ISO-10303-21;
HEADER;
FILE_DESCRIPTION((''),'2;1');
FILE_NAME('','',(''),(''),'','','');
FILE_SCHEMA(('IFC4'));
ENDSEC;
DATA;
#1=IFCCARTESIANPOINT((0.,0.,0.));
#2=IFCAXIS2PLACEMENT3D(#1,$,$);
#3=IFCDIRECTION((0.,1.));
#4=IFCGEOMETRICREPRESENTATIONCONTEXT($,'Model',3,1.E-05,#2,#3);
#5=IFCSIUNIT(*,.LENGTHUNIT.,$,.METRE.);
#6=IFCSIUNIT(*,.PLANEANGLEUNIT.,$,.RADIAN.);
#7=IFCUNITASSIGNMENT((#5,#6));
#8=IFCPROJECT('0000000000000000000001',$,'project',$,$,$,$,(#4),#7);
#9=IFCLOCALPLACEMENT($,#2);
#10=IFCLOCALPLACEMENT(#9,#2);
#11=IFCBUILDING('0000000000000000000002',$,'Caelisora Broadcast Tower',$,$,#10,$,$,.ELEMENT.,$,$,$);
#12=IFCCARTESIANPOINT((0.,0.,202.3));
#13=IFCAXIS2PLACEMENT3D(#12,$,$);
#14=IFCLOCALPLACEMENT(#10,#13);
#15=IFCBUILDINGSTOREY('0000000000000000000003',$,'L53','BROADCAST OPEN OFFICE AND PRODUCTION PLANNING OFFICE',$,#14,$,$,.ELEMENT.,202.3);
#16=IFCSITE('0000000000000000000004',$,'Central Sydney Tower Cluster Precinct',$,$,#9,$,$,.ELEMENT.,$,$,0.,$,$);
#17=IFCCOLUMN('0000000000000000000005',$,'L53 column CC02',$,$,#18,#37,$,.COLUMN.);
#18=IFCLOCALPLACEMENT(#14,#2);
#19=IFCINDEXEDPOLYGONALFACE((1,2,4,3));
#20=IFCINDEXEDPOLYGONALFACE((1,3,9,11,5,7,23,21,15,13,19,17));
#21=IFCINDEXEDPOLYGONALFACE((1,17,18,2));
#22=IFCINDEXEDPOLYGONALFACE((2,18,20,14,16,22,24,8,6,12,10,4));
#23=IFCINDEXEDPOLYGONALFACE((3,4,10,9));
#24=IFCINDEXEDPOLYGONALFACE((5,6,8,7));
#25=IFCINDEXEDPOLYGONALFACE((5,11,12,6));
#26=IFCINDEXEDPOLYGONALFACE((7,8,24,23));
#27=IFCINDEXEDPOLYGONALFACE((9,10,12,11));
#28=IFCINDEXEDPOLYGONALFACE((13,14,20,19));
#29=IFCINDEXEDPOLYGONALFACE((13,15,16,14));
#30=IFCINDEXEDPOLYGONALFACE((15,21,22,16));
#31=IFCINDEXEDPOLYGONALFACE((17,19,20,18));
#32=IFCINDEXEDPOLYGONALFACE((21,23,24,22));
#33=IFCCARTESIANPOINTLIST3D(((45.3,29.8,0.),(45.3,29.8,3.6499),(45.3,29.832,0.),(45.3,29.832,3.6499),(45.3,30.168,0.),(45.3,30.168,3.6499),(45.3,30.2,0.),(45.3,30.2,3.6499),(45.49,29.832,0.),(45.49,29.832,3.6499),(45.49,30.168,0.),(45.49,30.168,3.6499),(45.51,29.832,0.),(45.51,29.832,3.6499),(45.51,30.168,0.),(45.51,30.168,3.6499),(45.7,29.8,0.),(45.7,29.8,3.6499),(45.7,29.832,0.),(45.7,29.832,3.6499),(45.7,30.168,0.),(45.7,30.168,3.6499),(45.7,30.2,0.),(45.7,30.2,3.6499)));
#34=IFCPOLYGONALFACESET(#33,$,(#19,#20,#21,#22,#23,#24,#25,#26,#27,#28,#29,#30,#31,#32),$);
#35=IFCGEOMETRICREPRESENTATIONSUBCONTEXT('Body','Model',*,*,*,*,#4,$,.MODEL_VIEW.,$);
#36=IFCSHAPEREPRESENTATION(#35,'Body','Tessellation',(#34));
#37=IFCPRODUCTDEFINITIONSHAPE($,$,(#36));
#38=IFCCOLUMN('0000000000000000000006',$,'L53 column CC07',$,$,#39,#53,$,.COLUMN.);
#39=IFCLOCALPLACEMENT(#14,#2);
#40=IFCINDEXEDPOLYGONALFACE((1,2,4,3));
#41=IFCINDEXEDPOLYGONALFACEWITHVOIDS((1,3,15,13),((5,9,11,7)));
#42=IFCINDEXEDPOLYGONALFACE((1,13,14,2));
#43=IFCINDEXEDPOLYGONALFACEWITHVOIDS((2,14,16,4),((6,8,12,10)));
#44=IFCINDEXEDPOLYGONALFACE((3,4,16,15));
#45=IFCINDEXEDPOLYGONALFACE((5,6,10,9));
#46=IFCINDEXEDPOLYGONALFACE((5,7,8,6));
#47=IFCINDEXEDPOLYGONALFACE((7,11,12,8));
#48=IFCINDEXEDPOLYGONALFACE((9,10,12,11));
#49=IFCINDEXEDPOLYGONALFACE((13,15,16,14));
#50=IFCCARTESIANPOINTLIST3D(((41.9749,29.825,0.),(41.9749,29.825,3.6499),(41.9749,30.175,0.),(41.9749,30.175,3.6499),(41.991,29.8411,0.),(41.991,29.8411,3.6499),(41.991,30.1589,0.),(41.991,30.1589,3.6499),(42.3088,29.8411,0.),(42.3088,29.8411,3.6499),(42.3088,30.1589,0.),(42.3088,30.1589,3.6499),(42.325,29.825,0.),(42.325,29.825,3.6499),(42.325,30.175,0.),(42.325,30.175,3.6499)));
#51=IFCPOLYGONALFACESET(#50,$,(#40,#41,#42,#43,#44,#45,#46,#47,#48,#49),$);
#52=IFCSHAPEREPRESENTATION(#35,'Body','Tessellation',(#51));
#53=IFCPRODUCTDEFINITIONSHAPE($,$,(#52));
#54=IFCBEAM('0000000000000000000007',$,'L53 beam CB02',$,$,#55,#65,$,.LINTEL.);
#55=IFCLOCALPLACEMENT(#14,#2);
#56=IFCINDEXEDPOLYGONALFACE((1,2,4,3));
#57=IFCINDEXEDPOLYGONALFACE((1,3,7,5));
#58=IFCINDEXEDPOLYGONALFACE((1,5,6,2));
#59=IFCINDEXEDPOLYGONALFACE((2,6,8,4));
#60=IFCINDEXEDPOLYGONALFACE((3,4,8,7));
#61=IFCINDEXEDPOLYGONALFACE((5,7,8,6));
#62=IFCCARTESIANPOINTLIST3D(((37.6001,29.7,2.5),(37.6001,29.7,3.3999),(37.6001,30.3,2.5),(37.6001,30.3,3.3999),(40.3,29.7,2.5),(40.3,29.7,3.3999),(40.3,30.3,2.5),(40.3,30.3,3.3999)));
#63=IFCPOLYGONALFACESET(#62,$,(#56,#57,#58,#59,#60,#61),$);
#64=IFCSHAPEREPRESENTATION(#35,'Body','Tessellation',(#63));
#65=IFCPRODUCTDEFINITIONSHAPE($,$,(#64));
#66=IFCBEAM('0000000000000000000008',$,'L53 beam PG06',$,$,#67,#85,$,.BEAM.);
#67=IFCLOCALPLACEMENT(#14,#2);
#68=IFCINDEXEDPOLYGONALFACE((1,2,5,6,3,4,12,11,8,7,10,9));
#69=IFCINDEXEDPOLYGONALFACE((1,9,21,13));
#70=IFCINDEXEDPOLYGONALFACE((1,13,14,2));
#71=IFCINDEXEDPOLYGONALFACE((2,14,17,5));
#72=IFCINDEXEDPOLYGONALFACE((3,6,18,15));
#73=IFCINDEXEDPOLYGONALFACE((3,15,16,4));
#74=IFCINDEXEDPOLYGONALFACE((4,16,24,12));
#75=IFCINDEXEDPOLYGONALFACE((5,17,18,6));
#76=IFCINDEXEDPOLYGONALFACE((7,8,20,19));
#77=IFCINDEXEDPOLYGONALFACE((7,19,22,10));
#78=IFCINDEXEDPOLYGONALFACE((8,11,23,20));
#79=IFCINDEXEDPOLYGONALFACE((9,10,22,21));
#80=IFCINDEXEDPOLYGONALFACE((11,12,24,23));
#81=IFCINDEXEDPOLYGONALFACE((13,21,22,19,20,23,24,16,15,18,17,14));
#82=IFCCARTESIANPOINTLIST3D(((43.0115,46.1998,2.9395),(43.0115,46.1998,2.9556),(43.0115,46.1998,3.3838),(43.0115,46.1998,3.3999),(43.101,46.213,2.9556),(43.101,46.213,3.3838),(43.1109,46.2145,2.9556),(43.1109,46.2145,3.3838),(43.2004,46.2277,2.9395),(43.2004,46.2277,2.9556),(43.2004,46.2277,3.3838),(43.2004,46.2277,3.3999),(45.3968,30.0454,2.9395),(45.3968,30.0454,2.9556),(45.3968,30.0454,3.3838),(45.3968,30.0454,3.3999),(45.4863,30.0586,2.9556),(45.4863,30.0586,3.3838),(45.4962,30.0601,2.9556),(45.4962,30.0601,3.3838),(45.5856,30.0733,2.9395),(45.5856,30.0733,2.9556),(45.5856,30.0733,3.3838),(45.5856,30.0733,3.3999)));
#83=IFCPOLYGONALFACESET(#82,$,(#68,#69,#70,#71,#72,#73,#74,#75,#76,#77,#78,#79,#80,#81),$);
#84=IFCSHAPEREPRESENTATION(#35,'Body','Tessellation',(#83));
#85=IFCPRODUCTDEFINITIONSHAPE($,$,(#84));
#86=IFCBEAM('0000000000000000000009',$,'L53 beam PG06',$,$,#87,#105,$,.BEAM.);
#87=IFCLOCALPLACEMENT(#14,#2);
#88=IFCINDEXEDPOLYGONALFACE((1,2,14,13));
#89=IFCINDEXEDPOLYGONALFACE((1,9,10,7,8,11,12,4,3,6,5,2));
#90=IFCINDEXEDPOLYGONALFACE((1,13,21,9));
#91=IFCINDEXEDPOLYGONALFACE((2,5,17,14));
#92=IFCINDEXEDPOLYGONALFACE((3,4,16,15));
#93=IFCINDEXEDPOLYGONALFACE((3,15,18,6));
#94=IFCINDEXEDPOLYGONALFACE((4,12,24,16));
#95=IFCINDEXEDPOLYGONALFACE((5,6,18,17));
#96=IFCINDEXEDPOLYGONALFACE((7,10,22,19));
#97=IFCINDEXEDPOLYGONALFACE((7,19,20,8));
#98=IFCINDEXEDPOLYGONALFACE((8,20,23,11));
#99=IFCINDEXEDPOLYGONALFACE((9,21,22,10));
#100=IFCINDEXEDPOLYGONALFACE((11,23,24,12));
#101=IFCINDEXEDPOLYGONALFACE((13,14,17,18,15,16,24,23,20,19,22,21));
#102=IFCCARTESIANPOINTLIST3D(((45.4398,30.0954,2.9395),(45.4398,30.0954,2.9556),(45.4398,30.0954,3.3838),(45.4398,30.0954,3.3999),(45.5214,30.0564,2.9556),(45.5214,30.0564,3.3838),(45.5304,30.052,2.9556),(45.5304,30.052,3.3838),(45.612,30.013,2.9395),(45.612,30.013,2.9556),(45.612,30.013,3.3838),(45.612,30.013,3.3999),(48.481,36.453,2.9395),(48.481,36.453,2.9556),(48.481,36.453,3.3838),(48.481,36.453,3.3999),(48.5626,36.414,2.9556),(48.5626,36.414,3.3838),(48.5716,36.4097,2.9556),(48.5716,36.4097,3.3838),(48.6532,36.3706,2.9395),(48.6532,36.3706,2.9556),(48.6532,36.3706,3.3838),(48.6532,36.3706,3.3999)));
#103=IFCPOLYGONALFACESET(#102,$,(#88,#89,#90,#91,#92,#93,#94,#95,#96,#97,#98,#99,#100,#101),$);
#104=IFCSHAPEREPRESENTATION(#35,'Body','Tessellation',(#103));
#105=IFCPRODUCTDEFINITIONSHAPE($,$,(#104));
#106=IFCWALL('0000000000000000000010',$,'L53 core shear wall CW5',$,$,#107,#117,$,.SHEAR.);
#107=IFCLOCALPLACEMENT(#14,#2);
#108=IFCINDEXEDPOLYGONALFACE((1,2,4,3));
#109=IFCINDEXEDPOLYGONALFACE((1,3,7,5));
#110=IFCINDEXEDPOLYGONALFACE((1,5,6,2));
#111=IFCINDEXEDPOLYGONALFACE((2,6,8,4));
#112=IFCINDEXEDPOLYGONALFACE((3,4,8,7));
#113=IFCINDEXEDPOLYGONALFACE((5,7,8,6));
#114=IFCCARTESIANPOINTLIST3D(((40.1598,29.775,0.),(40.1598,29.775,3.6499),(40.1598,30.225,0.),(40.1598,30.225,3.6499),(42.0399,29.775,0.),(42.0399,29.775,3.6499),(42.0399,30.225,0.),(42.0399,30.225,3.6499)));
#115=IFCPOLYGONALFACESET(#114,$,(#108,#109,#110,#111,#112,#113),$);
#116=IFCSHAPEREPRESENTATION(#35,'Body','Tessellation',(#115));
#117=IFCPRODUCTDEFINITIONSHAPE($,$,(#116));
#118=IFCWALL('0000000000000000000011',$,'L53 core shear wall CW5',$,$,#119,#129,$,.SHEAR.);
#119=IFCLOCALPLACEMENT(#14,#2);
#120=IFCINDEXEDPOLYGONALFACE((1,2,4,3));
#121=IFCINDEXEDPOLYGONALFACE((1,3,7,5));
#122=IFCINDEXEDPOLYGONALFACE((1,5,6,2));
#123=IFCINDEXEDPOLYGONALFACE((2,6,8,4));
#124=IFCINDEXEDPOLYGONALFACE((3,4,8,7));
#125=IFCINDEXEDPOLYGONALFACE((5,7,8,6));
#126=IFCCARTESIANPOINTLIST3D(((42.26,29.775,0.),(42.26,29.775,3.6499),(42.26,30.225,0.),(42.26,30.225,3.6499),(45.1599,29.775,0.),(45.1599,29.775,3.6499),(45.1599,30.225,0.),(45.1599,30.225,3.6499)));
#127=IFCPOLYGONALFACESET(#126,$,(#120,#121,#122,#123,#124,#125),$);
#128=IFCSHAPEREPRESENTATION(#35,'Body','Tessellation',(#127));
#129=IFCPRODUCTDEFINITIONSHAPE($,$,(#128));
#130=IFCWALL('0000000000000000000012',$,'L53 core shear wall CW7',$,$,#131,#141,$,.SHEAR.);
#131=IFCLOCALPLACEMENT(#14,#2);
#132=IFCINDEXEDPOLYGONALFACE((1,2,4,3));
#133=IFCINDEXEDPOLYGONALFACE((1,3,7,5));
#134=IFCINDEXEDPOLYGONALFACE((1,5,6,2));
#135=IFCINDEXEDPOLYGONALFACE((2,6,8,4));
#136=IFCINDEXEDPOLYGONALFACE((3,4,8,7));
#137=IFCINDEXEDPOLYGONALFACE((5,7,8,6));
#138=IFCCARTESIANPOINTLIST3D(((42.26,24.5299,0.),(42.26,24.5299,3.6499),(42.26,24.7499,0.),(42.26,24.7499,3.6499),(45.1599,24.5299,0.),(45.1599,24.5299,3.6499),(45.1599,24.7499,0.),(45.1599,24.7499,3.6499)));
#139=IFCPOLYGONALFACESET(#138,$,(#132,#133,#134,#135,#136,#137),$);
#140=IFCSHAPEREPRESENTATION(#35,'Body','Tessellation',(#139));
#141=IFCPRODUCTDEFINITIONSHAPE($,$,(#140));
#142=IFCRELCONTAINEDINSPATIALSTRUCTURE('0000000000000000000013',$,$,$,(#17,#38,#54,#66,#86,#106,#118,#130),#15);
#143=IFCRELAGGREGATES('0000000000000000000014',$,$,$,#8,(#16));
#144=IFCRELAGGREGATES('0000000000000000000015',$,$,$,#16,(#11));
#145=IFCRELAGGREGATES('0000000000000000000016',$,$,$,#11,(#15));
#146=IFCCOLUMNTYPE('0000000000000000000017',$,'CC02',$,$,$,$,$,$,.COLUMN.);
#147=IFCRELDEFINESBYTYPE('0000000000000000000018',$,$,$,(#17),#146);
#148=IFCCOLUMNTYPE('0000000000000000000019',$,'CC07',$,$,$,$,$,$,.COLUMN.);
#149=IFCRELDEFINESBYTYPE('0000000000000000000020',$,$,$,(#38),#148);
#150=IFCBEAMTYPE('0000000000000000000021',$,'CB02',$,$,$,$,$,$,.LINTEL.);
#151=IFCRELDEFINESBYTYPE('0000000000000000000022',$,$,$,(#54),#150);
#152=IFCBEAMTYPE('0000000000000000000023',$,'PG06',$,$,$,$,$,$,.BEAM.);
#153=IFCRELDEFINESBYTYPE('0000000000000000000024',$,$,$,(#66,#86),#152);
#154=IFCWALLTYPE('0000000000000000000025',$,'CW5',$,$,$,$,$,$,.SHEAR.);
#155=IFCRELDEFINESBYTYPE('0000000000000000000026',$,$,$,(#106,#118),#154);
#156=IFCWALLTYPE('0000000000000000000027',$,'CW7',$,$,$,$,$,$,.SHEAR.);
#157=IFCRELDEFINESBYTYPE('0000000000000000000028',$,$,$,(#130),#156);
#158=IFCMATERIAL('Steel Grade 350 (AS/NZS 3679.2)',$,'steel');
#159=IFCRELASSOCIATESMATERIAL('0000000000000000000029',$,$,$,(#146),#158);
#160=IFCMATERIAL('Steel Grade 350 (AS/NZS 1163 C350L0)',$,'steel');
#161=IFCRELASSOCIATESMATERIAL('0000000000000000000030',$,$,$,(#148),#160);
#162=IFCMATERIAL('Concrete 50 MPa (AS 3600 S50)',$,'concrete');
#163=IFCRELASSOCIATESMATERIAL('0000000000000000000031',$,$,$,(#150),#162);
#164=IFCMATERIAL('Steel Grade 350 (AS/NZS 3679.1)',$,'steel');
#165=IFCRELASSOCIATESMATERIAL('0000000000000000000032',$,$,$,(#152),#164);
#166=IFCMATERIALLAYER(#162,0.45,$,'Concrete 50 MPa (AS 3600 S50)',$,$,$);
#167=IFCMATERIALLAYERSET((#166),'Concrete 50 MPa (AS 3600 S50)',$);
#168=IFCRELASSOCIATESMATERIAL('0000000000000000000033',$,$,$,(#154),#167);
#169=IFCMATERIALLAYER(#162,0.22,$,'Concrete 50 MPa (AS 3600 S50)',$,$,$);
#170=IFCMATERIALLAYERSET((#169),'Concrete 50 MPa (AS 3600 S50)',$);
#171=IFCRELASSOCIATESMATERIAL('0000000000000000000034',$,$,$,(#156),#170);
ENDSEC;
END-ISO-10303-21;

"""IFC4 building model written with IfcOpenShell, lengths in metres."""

from ifc_helpers import new_model, si_unit, direction, frame, frame_2d, origin, origin_2d, place, context, subcontext, project, spatial, rectangle, hollow_rectangle, i_section, extrude, source, transform, mapped, material, layer, layer_set, material_profile, profile_set, type_object, type_shapes, element, save


model = new_model("IFC4")

# Units and contexts
model_context = context("Model", 3, precision=1e-05, world=origin(), true_north=direction((0.0, 1.0)))
body_context = subcontext(model_context, "Body", "Model", "MODEL_VIEW")
ifc_project = project(units=[si_unit("LENGTHUNIT", "METRE"), si_unit("PLANEANGLEUNIT", "RADIAN")], contexts=[model_context])

# Site, building, storey
site_placement = place(None, origin())
site = spatial("IfcSite", under=ifc_project, at=site_placement, Name="Central Sydney Tower Cluster Precinct", CompositionType="ELEMENT", RefElevation=0.0)
building_placement = place(site_placement, origin())
building = spatial("IfcBuilding", under=site, at=building_placement, Name="Caelisora Broadcast Tower", CompositionType="ELEMENT")
storey_placement = place(building_placement, frame((0.0, 0.0, 202.3)))
storey = spatial("IfcBuildingStorey", under=building, at=storey_placement, Name="L53", Description="BROADCAST OPEN OFFICE AND PRODUCTION PLANNING OFFICE", CompositionType="ELEMENT", Elevation=202.3)

# Columns
ifc_material_1 = material(Name="Steel Grade 350 (AS/NZS 3679.2)", Category="steel")
ifc_material_profile_1 = material_profile(ifc_material_1, i_section(OverallWidth=0.3999, OverallDepth=0.3999, WebThickness=0.02, FlangeThickness=0.032, at=origin_2d()), Name="Steel Grade 350 (AS/NZS 3679.2)")
ifc_profile_set_1 = profile_set([ifc_material_profile_1], Name="Steel Grade 350 (AS/NZS 3679.2)")
column_type_1 = type_object("IfcColumnType", Name="CC02", PredefinedType="COLUMN", material=ifc_profile_set_1)
shared_shape_1 = source(origin(), body_context, "Body", "SweptSolid", [
    extrude(i_section(OverallWidth=0.3999, OverallDepth=0.3999, WebThickness=0.02, FlangeThickness=0.032, at=origin_2d()), origin(), (0.0, 0.0, 1.0), 3.6499),
])
type_shapes(column_type_1, [shared_shape_1])
column_1_placement = place(storey_placement, frame((45.5, 30.0, 0.0), z_axis=(0.0, 0.0, 1.0), x_axis=(1.0, 0.0, 0.0)))
element("IfcColumn", 1, at=column_1_placement, inside=storey, type_object=column_type_1, Name="L53 column CC02", PredefinedType="COLUMN", context=body_context, shape_type="MappedRepresentation", body=[
    mapped(shared_shape_1, transform((0.0, 0.0, 0.0), scale=1.0)),
])
ifc_material_2 = material(Name="Steel Grade 350 (AS/NZS 1163 C350L0)", Category="steel")
ifc_material_profile_2 = material_profile(ifc_material_2, hollow_rectangle(XDim=0.3501, YDim=0.3501, WallThickness=0.0161, at=origin_2d()), Name="Steel Grade 350 (AS/NZS 1163 C350L0)")
ifc_profile_set_2 = profile_set([ifc_material_profile_2], Name="Steel Grade 350 (AS/NZS 1163 C350L0)")
column_type_2 = type_object("IfcColumnType", Name="CC07", PredefinedType="COLUMN", material=ifc_profile_set_2)
shared_shape_2 = source(origin(), body_context, "Body", "SweptSolid", [
    extrude(hollow_rectangle(XDim=0.3501, YDim=0.3501, WallThickness=0.0161, at=origin_2d()), origin(), (0.0, 0.0, 1.0), 3.6499),
])
type_shapes(column_type_2, [shared_shape_2])
column_2_placement = place(storey_placement, frame((42.1499, 30.0, 0.0), z_axis=(0.0, 0.0, 1.0), x_axis=(1.0, 0.0, 0.0)))
element("IfcColumn", 2, at=column_2_placement, inside=storey, type_object=column_type_2, Name="L53 column CC07", PredefinedType="COLUMN", context=body_context, shape_type="MappedRepresentation", body=[
    mapped(shared_shape_2, transform((0.0, 0.0, 0.0), scale=1.0)),
])

# Beams
ifc_material_3 = material(Name="Concrete 50 MPa (AS 3600 S50)", Category="concrete")
ifc_material_profile_3 = material_profile(ifc_material_3, rectangle(XDim=0.6001, YDim=0.8999, at=origin_2d()), Name="Concrete 50 MPa (AS 3600 S50)")
ifc_profile_set_3 = profile_set([ifc_material_profile_3], Name="Concrete 50 MPa (AS 3600 S50)")
beam_type_1 = type_object("IfcBeamType", Name="CB02", PredefinedType="LINTEL", material=ifc_profile_set_3)
shared_shape_3 = source(origin(), body_context, "Body", "SweptSolid", [
    extrude(rectangle(XDim=0.6001, YDim=0.8999, at=origin_2d()), origin(), (0.0, 0.0, 1.0), 2.7),
])
type_shapes(beam_type_1, [shared_shape_3])
beam_1_placement = place(storey_placement, frame((37.6001, 30.0, 2.95), z_axis=(1.0, 0.0, 0.0), x_axis=(0.0, 1.0, 0.0)))
element("IfcBeam", 3, at=beam_1_placement, inside=storey, type_object=beam_type_1, Name="L53 beam CB02", PredefinedType="LINTEL", context=body_context, shape_type="MappedRepresentation", body=[
    mapped(shared_shape_3, transform((0.0, 0.0, 0.0), scale=1.0)),
])
ifc_material_4 = material(Name="Steel Grade 350 (AS/NZS 3679.1)", Category="steel")
ifc_material_profile_4 = material_profile(ifc_material_4, i_section(OverallWidth=0.1909, OverallDepth=0.4604, WebThickness=0.01, FlangeThickness=0.0161, at=origin_2d()), Name="Steel Grade 350 (AS/NZS 3679.1)")
ifc_profile_set_4 = profile_set([ifc_material_profile_4], Name="Steel Grade 350 (AS/NZS 3679.1)")
beam_type_2 = type_object("IfcBeamType", Name="PG06", PredefinedType="BEAM", material=ifc_profile_set_4)
shared_shape_4 = source(origin(), body_context, "Body", "SweptSolid", [
    extrude(i_section(OverallWidth=0.1909, OverallDepth=0.4604, WebThickness=0.01, FlangeThickness=0.0161, at=origin_2d()), origin(), (0.0, 0.0, 1.0), 16.3296),
])
beam_2_placement = place(storey_placement, frame((45.4912, 30.0593, 3.1697), z_axis=(-0.146069, 0.989274, 0.0), x_axis=(-0.989274, -0.146069, 0.0)))
element("IfcBeam", 4, at=beam_2_placement, inside=storey, type_object=beam_type_2, Name="L53 beam PG06", PredefinedType="BEAM", context=body_context, shape_type="MappedRepresentation", body=[
    mapped(shared_shape_4, transform((0.0, 0.0, 0.0), scale=1.0)),
])
shared_shape_5 = source(origin(), body_context, "Body", "SweptSolid", [
    extrude(i_section(OverallWidth=0.1909, OverallDepth=0.4604, WebThickness=0.01, FlangeThickness=0.0161, at=origin_2d()), origin(), (0.0, 0.0, 1.0), 7.0476),
])
type_shapes(beam_type_2, [shared_shape_4, shared_shape_5])
beam_3_placement = place(storey_placement, frame((45.5259, 30.0542, 3.1697), z_axis=(0.431529, 0.902099, 0.0), x_axis=(-0.902099, 0.431529, 0.0)))
element("IfcBeam", 5, at=beam_3_placement, inside=storey, type_object=beam_type_2, Name="L53 beam PG06", PredefinedType="BEAM", context=body_context, shape_type="MappedRepresentation", body=[
    mapped(shared_shape_5, transform((0.0, 0.0, 0.0), scale=1.0)),
])

# Walls
ifc_layer_1 = layer(ifc_material_3, 0.45, Name="Concrete 50 MPa (AS 3600 S50)")
ifc_layer_set_1 = layer_set([ifc_layer_1], Name="Concrete 50 MPa (AS 3600 S50)")
wall_type_1 = type_object("IfcWallType", Name="CW5", PredefinedType="SHEAR", material=ifc_layer_set_1)
wall_1_placement = place(storey_placement, frame((40.1599, 30.0, 0.0), z_axis=(0.0, 0.0, 1.0), x_axis=(1.0, 0.0, 0.0)))
element("IfcWall", 6, at=wall_1_placement, inside=storey, type_object=wall_type_1, Name="L53 core shear wall CW5", PredefinedType="SHEAR", context=body_context, shape_type="SweptSolid", body=[
    extrude(rectangle(XDim=1.8801, YDim=0.45, at=frame_2d((0.9399, 0.0))), origin(), (0.0, 0.0, 1.0), 3.6499),
])
wall_2_placement = place(storey_placement, frame((42.26, 30.0, 0.0), z_axis=(0.0, 0.0, 1.0), x_axis=(1.0, 0.0, 0.0)))
element("IfcWall", 7, at=wall_2_placement, inside=storey, type_object=wall_type_1, Name="L53 core shear wall CW5", PredefinedType="SHEAR", context=body_context, shape_type="SweptSolid", body=[
    extrude(rectangle(XDim=2.8999, YDim=0.45, at=frame_2d((1.45, 0.0))), origin(), (0.0, 0.0, 1.0), 3.6499),
])
ifc_layer_2 = layer(ifc_material_3, 0.22, Name="Concrete 50 MPa (AS 3600 S50)")
ifc_layer_set_2 = layer_set([ifc_layer_2], Name="Concrete 50 MPa (AS 3600 S50)")
wall_type_2 = type_object("IfcWallType", Name="CW7", PredefinedType="SHEAR", material=ifc_layer_set_2)
wall_3_placement = place(storey_placement, frame((42.26, 24.6399, 0.0), z_axis=(0.0, 0.0, 1.0), x_axis=(1.0, 0.0, 0.0)))
element("IfcWall", 8, at=wall_3_placement, inside=storey, type_object=wall_type_2, Name="L53 core shear wall CW7", PredefinedType="SHEAR", context=body_context, shape_type="SweptSolid", body=[
    extrude(rectangle(XDim=2.8999, YDim=0.22, at=frame_2d((1.45, 0.0))), origin(), (0.0, 0.0, 1.0), 3.6499),
])

save(model, "model.ifc")
